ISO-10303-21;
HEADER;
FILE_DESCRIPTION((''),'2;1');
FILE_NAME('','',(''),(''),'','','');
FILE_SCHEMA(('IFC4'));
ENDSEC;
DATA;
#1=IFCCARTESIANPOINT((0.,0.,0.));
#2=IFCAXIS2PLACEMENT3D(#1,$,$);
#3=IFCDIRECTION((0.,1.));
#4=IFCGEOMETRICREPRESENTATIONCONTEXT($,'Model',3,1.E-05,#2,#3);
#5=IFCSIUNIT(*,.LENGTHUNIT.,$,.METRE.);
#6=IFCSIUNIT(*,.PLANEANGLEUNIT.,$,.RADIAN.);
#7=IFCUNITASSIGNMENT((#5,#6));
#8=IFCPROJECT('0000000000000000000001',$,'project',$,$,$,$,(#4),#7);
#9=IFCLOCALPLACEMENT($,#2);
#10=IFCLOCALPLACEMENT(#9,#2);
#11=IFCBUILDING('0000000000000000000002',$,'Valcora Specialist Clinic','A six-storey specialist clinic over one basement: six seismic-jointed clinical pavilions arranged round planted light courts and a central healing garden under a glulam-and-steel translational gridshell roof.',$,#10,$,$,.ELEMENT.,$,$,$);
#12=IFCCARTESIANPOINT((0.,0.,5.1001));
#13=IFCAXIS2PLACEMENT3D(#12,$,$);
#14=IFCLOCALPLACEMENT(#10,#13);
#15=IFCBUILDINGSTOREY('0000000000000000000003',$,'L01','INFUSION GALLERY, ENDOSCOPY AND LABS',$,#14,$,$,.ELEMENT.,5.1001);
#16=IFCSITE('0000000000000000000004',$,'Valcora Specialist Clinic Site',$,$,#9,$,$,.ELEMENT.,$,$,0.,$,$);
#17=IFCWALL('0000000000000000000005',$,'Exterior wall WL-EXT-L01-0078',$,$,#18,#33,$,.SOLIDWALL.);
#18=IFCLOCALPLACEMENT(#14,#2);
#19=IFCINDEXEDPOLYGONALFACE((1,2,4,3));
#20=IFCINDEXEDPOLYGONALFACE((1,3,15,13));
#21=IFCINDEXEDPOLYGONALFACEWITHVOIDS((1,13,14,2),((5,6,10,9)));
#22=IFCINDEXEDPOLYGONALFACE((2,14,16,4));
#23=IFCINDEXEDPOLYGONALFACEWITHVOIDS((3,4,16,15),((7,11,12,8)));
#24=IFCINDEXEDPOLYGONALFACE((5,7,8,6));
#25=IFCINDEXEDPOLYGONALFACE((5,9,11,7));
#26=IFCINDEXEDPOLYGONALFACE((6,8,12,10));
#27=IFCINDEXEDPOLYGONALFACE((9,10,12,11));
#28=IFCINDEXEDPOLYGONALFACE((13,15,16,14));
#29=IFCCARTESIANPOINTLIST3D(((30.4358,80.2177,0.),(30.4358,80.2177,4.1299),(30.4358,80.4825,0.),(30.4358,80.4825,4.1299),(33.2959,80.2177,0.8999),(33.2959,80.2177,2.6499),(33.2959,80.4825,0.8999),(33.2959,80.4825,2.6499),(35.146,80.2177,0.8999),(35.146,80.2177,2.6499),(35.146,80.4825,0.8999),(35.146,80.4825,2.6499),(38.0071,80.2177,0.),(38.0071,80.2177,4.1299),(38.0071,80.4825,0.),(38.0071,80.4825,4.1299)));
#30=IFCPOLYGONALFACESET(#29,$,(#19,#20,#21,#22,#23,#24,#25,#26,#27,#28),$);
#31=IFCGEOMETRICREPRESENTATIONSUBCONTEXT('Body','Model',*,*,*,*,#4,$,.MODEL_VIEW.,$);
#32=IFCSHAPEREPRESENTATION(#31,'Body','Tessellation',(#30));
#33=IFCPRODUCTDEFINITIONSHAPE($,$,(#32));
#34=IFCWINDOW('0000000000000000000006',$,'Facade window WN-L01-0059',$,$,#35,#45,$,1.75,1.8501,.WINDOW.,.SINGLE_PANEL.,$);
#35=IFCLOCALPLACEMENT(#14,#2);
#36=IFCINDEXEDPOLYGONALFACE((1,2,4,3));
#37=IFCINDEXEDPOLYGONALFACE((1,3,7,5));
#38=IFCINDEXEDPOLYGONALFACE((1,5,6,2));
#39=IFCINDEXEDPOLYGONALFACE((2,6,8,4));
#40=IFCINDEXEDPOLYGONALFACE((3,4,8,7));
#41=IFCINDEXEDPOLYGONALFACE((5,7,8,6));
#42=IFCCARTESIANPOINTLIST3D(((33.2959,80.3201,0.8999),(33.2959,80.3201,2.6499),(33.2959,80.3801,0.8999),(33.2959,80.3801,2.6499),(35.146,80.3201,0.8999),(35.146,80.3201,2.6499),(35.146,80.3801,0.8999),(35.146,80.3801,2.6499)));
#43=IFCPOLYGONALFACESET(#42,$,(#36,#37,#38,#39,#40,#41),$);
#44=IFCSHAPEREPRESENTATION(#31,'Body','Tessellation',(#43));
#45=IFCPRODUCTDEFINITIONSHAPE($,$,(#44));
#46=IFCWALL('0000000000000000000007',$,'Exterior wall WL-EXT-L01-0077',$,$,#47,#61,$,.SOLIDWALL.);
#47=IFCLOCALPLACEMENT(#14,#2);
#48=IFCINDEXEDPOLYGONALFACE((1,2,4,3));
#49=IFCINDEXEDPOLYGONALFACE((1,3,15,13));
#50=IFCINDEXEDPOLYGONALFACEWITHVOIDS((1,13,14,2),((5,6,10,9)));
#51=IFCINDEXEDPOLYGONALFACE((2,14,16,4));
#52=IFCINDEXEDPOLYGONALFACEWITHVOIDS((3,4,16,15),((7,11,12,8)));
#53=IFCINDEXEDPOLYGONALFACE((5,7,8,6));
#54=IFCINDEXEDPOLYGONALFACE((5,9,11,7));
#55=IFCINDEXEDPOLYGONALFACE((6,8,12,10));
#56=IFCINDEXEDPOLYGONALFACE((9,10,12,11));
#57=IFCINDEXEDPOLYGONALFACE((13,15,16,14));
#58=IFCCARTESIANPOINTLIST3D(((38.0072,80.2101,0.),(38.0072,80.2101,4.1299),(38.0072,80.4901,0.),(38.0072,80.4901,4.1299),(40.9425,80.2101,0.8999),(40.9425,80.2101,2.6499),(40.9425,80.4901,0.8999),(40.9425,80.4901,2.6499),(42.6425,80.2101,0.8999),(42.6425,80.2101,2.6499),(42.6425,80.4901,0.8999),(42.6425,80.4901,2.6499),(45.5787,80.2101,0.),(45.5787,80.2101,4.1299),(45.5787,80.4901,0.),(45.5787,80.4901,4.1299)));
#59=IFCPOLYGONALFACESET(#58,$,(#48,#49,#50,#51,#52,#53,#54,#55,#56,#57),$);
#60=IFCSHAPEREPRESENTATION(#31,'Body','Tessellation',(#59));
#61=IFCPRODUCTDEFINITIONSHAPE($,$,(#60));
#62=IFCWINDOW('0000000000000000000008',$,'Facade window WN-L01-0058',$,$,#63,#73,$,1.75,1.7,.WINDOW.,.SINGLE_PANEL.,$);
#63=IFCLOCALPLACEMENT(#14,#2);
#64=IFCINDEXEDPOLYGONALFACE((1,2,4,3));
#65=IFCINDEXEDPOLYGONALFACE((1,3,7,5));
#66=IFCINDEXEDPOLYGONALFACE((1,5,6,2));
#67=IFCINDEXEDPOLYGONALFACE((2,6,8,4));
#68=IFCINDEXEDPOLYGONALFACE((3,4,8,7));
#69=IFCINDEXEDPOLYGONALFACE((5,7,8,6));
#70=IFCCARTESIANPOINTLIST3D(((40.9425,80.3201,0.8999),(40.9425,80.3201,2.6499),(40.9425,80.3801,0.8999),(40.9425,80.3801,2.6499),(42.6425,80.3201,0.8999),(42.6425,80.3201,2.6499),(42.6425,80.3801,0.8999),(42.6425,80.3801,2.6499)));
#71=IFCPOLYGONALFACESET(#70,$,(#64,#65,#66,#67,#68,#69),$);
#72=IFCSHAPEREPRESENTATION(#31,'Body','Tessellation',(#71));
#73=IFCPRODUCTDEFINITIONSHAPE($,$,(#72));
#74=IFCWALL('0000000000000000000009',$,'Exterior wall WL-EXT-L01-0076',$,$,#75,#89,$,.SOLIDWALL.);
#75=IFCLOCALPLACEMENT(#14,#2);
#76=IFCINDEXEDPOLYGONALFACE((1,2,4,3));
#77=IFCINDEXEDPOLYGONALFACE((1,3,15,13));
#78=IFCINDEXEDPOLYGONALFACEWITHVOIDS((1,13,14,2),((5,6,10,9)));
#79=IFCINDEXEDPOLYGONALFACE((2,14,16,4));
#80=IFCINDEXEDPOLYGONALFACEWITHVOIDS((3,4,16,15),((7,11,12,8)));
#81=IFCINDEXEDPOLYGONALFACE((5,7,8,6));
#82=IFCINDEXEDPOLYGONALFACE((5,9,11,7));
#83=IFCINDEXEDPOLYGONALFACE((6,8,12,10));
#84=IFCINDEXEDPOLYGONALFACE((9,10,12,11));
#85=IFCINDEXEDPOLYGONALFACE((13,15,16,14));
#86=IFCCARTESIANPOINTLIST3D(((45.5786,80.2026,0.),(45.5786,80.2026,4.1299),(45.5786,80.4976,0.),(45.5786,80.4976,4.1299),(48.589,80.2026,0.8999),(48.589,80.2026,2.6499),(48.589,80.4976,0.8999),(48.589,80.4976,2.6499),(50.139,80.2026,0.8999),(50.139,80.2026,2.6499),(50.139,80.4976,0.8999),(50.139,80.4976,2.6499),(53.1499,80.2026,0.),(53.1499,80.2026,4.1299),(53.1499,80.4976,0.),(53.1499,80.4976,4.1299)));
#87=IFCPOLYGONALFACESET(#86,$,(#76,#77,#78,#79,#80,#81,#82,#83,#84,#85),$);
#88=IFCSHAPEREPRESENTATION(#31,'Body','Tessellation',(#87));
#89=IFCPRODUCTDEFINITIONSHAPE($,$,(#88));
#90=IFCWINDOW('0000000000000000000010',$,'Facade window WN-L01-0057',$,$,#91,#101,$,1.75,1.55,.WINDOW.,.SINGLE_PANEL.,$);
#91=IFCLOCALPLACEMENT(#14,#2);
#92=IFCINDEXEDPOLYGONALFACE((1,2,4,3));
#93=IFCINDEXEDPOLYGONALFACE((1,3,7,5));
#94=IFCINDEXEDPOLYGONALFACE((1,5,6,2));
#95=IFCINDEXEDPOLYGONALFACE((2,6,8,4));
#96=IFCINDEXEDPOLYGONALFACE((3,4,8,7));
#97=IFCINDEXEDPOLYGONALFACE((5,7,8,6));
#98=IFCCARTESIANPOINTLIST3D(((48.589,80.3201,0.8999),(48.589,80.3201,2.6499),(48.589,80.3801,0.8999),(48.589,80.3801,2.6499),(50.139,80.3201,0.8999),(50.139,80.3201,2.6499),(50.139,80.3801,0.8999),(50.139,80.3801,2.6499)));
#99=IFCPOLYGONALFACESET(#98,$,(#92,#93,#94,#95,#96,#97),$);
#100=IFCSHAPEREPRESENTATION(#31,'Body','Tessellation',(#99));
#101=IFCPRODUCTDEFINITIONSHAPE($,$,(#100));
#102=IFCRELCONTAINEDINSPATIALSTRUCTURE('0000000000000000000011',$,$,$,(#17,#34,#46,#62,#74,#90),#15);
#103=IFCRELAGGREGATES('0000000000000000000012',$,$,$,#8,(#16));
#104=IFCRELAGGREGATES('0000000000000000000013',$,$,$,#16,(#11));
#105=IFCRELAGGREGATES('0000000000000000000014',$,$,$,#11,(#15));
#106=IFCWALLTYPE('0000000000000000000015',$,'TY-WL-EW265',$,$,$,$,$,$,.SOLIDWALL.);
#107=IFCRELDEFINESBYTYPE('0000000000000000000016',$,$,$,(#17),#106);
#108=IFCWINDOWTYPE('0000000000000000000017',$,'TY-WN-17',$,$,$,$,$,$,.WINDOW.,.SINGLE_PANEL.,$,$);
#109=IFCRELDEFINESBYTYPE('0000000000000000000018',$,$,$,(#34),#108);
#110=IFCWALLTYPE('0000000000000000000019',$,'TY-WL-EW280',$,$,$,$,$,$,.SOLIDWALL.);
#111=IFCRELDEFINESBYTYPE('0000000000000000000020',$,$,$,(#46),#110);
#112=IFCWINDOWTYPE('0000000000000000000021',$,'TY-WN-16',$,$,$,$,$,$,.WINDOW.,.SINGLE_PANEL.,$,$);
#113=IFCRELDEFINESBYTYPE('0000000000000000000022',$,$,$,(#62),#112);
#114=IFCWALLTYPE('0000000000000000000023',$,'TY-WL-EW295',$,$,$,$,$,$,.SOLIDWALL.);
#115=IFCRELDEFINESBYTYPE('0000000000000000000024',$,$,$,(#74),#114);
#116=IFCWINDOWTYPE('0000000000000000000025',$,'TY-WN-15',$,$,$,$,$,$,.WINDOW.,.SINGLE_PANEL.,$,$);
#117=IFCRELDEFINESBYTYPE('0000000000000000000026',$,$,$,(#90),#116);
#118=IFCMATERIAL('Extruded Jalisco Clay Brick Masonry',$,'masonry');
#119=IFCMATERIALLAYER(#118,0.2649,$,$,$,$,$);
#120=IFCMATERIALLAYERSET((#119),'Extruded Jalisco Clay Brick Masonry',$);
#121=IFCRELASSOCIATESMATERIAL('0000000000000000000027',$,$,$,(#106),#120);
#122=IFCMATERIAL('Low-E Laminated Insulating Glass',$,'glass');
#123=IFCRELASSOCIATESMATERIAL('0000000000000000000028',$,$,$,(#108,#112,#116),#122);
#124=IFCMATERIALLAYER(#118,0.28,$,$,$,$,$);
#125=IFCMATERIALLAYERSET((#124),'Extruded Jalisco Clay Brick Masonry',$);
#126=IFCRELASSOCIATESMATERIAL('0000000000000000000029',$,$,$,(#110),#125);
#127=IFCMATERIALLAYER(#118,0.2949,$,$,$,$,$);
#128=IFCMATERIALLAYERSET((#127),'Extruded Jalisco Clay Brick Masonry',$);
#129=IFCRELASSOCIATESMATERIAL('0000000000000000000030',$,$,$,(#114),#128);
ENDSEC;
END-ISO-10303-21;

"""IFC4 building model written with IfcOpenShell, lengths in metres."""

from ifc_helpers import new_model, si_unit, direction, frame, frame_2d, origin, place, context, subcontext, project, spatial, rectangle, extrude, material, layer, layer_set, type_object, element, fill, save


model = new_model("IFC4")

# Units and contexts
model_context = context("Model", 3, precision=1e-05, world=origin(), true_north=direction((0.0, 1.0)))
body_context = subcontext(model_context, "Body", "Model", "MODEL_VIEW")
ifc_project = project(units=[si_unit("LENGTHUNIT", "METRE"), si_unit("PLANEANGLEUNIT", "RADIAN")], contexts=[model_context])

# Site, building, storey
site_placement = place(None, origin())
site = spatial("IfcSite", under=ifc_project, at=site_placement, Name="Valcora Specialist Clinic Site", CompositionType="ELEMENT", RefElevation=0.0)
building_placement = place(site_placement, origin())
building = spatial("IfcBuilding", under=site, at=building_placement, Name="Valcora Specialist Clinic", Description="A six-storey specialist clinic over one basement: six seismic-jointed clinical pavilions arranged round planted light courts and a central healing garden under a glulam-and-steel translational gridshell roof.", CompositionType="ELEMENT")
storey_placement = place(building_placement, frame((0.0, 0.0, 5.1001)))
storey = spatial("IfcBuildingStorey", under=building, at=storey_placement, Name="L01", Description="INFUSION GALLERY, ENDOSCOPY AND LABS", CompositionType="ELEMENT", Elevation=5.1001)

# Shared definitions
ifc_material_1 = material(Name="Low-E Laminated Insulating Glass", Category="glass")

# Walls, openings, windows
ifc_material_2 = material(Name="Extruded Jalisco Clay Brick Masonry", Category="masonry")
ifc_layer_1 = layer(ifc_material_2, 0.2649)
ifc_layer_set_1 = layer_set([ifc_layer_1], Name="Extruded Jalisco Clay Brick Masonry")
wall_type_1 = type_object("IfcWallType", Name="TY-WL-EW265", PredefinedType="SOLIDWALL", material=ifc_layer_set_1)
wall_1_placement = place(storey_placement, frame((38.0071, 80.3501, 0.0), z_axis=(0.0, 0.0, 1.0), x_axis=(-1.0, 0.0, 0.0)))
wall_1 = element("IfcWall", 1, at=wall_1_placement, inside=storey, type_object=wall_type_1, Name="Exterior wall WL-EXT-L01-0078", PredefinedType="SOLIDWALL", context=body_context, shape_type="SweptSolid", body=[
    extrude(rectangle(XDim=7.5713, YDim=0.2649, at=frame_2d((3.7856, 0.0))), origin(), (0.0, 0.0, 1.0), 4.1299),
])
opening_1_placement = place(wall_1_placement, frame((2.8611, 0.0, 0.8999)))
opening_1 = element("IfcOpeningElement", 2, at=opening_1_placement, cuts=wall_1, PredefinedType="OPENING", context=body_context, shape_type="SweptSolid", body=[
    extrude(rectangle(XDim=1.8501, YDim=1.75, at=frame_2d((0.925, 0.875))), frame((0.0, 0.1423, 0.0), z_axis=(0.0, -1.0, 0.0), x_axis=(1.0, 0.0, 0.0)), (0.0, 0.0, 1.0), 0.2849),
])
window_type_1 = type_object("IfcWindowType", Name="TY-WN-17", PartitioningType="SINGLE_PANEL", PredefinedType="WINDOW", material=ifc_material_1)
window_1_placement = place(opening_1_placement, origin())
window_1 = element("IfcWindow", 3, at=window_1_placement, inside=storey, type_object=window_type_1, Name="Facade window WN-L01-0059", OverallHeight=1.75, OverallWidth=1.8501, PartitioningType="SINGLE_PANEL", PredefinedType="WINDOW", context=body_context, shape_type="SweptSolid", body=[
    extrude(rectangle(XDim=1.8501, YDim=1.75, at=frame_2d((0.925, 0.875))), frame((0.0, 0.03, 0.0), z_axis=(0.0, -1.0, 0.0), x_axis=(1.0, 0.0, 0.0)), (0.0, 0.0, 1.0), 0.0601),
])
fill(opening_1, window_1)
ifc_layer_2 = layer(ifc_material_2, 0.28)
ifc_layer_set_2 = layer_set([ifc_layer_2], Name="Extruded Jalisco Clay Brick Masonry")
wall_type_2 = type_object("IfcWallType", Name="TY-WL-EW280", PredefinedType="SOLIDWALL", material=ifc_layer_set_2)
wall_2_placement = place(storey_placement, frame((45.5786, 80.3501, 0.0), z_axis=(0.0, 0.0, 1.0), x_axis=(-1.0, 0.0, 0.0)))
wall_2 = element("IfcWall", 4, at=wall_2_placement, inside=storey, type_object=wall_type_2, Name="Exterior wall WL-EXT-L01-0077", PredefinedType="SOLIDWALL", context=body_context, shape_type="SweptSolid", body=[
    extrude(rectangle(XDim=7.5715, YDim=0.28, at=frame_2d((3.7856, 0.0))), origin(), (0.0, 0.0, 1.0), 4.1299),
])
opening_2_placement = place(wall_2_placement, frame((2.936, 0.0, 0.8999)))
opening_2 = element("IfcOpeningElement", 5, at=opening_2_placement, cuts=wall_2, PredefinedType="OPENING", context=body_context, shape_type="SweptSolid", body=[
    extrude(rectangle(XDim=1.7, YDim=1.75, at=frame_2d((0.8501, 0.875))), frame((0.0, 0.1499, 0.0), z_axis=(0.0, -1.0, 0.0), x_axis=(1.0, 0.0, 0.0)), (0.0, 0.0, 1.0), 0.3),
])
window_type_2 = type_object("IfcWindowType", Name="TY-WN-16", PartitioningType="SINGLE_PANEL", PredefinedType="WINDOW", material=ifc_material_1)
window_2_placement = place(opening_2_placement, origin())
window_2 = element("IfcWindow", 6, at=window_2_placement, inside=storey, type_object=window_type_2, Name="Facade window WN-L01-0058", OverallHeight=1.75, OverallWidth=1.7, PartitioningType="SINGLE_PANEL", PredefinedType="WINDOW", context=body_context, shape_type="SweptSolid", body=[
    extrude(rectangle(XDim=1.7, YDim=1.75, at=frame_2d((0.8501, 0.875))), frame((0.0, 0.03, 0.0), z_axis=(0.0, -1.0, 0.0), x_axis=(1.0, 0.0, 0.0)), (0.0, 0.0, 1.0), 0.0601),
])
fill(opening_2, window_2)
ifc_layer_3 = layer(ifc_material_2, 0.2949)
ifc_layer_set_3 = layer_set([ifc_layer_3], Name="Extruded Jalisco Clay Brick Masonry")
wall_type_3 = type_object("IfcWallType", Name="TY-WL-EW295", PredefinedType="SOLIDWALL", material=ifc_layer_set_3)
wall_3_placement = place(storey_placement, frame((53.1499, 80.3501, 0.0), z_axis=(0.0, 0.0, 1.0), x_axis=(-1.0, 0.0, 0.0)))
wall_3 = element("IfcWall", 7, at=wall_3_placement, inside=storey, type_object=wall_type_3, Name="Exterior wall WL-EXT-L01-0076", PredefinedType="SOLIDWALL", context=body_context, shape_type="SweptSolid", body=[
    extrude(rectangle(XDim=7.5713, YDim=0.2949, at=frame_2d((3.7856, 0.0))), origin(), (0.0, 0.0, 1.0), 4.1299),
])
opening_3_placement = place(wall_3_placement, frame((3.011, 0.0, 0.8999)))
opening_3 = element("IfcOpeningElement", 8, at=opening_3_placement, cuts=wall_3, PredefinedType="OPENING", context=body_context, shape_type="SweptSolid", body=[
    extrude(rectangle(XDim=1.55, YDim=1.75, at=frame_2d((0.7749, 0.875))), frame((0.0, 0.1575, 0.0), z_axis=(0.0, -1.0, 0.0), x_axis=(1.0, 0.0, 0.0)), (0.0, 0.0, 1.0), 0.3149),
])
window_type_3 = type_object("IfcWindowType", Name="TY-WN-15", PartitioningType="SINGLE_PANEL", PredefinedType="WINDOW", material=ifc_material_1)
window_3_placement = place(opening_3_placement, origin())
window_3 = element("IfcWindow", 9, at=window_3_placement, inside=storey, type_object=window_type_3, Name="Facade window WN-L01-0057", OverallHeight=1.75, OverallWidth=1.55, PartitioningType="SINGLE_PANEL", PredefinedType="WINDOW", context=body_context, shape_type="SweptSolid", body=[
    extrude(rectangle(XDim=1.55, YDim=1.75, at=frame_2d((0.7749, 0.875))), frame((0.0, 0.03, 0.0), z_axis=(0.0, -1.0, 0.0), x_axis=(1.0, 0.0, 0.0)), (0.0, 0.0, 1.0), 0.0601),
])
fill(opening_3, window_3)

save(model, "model.ifc")
